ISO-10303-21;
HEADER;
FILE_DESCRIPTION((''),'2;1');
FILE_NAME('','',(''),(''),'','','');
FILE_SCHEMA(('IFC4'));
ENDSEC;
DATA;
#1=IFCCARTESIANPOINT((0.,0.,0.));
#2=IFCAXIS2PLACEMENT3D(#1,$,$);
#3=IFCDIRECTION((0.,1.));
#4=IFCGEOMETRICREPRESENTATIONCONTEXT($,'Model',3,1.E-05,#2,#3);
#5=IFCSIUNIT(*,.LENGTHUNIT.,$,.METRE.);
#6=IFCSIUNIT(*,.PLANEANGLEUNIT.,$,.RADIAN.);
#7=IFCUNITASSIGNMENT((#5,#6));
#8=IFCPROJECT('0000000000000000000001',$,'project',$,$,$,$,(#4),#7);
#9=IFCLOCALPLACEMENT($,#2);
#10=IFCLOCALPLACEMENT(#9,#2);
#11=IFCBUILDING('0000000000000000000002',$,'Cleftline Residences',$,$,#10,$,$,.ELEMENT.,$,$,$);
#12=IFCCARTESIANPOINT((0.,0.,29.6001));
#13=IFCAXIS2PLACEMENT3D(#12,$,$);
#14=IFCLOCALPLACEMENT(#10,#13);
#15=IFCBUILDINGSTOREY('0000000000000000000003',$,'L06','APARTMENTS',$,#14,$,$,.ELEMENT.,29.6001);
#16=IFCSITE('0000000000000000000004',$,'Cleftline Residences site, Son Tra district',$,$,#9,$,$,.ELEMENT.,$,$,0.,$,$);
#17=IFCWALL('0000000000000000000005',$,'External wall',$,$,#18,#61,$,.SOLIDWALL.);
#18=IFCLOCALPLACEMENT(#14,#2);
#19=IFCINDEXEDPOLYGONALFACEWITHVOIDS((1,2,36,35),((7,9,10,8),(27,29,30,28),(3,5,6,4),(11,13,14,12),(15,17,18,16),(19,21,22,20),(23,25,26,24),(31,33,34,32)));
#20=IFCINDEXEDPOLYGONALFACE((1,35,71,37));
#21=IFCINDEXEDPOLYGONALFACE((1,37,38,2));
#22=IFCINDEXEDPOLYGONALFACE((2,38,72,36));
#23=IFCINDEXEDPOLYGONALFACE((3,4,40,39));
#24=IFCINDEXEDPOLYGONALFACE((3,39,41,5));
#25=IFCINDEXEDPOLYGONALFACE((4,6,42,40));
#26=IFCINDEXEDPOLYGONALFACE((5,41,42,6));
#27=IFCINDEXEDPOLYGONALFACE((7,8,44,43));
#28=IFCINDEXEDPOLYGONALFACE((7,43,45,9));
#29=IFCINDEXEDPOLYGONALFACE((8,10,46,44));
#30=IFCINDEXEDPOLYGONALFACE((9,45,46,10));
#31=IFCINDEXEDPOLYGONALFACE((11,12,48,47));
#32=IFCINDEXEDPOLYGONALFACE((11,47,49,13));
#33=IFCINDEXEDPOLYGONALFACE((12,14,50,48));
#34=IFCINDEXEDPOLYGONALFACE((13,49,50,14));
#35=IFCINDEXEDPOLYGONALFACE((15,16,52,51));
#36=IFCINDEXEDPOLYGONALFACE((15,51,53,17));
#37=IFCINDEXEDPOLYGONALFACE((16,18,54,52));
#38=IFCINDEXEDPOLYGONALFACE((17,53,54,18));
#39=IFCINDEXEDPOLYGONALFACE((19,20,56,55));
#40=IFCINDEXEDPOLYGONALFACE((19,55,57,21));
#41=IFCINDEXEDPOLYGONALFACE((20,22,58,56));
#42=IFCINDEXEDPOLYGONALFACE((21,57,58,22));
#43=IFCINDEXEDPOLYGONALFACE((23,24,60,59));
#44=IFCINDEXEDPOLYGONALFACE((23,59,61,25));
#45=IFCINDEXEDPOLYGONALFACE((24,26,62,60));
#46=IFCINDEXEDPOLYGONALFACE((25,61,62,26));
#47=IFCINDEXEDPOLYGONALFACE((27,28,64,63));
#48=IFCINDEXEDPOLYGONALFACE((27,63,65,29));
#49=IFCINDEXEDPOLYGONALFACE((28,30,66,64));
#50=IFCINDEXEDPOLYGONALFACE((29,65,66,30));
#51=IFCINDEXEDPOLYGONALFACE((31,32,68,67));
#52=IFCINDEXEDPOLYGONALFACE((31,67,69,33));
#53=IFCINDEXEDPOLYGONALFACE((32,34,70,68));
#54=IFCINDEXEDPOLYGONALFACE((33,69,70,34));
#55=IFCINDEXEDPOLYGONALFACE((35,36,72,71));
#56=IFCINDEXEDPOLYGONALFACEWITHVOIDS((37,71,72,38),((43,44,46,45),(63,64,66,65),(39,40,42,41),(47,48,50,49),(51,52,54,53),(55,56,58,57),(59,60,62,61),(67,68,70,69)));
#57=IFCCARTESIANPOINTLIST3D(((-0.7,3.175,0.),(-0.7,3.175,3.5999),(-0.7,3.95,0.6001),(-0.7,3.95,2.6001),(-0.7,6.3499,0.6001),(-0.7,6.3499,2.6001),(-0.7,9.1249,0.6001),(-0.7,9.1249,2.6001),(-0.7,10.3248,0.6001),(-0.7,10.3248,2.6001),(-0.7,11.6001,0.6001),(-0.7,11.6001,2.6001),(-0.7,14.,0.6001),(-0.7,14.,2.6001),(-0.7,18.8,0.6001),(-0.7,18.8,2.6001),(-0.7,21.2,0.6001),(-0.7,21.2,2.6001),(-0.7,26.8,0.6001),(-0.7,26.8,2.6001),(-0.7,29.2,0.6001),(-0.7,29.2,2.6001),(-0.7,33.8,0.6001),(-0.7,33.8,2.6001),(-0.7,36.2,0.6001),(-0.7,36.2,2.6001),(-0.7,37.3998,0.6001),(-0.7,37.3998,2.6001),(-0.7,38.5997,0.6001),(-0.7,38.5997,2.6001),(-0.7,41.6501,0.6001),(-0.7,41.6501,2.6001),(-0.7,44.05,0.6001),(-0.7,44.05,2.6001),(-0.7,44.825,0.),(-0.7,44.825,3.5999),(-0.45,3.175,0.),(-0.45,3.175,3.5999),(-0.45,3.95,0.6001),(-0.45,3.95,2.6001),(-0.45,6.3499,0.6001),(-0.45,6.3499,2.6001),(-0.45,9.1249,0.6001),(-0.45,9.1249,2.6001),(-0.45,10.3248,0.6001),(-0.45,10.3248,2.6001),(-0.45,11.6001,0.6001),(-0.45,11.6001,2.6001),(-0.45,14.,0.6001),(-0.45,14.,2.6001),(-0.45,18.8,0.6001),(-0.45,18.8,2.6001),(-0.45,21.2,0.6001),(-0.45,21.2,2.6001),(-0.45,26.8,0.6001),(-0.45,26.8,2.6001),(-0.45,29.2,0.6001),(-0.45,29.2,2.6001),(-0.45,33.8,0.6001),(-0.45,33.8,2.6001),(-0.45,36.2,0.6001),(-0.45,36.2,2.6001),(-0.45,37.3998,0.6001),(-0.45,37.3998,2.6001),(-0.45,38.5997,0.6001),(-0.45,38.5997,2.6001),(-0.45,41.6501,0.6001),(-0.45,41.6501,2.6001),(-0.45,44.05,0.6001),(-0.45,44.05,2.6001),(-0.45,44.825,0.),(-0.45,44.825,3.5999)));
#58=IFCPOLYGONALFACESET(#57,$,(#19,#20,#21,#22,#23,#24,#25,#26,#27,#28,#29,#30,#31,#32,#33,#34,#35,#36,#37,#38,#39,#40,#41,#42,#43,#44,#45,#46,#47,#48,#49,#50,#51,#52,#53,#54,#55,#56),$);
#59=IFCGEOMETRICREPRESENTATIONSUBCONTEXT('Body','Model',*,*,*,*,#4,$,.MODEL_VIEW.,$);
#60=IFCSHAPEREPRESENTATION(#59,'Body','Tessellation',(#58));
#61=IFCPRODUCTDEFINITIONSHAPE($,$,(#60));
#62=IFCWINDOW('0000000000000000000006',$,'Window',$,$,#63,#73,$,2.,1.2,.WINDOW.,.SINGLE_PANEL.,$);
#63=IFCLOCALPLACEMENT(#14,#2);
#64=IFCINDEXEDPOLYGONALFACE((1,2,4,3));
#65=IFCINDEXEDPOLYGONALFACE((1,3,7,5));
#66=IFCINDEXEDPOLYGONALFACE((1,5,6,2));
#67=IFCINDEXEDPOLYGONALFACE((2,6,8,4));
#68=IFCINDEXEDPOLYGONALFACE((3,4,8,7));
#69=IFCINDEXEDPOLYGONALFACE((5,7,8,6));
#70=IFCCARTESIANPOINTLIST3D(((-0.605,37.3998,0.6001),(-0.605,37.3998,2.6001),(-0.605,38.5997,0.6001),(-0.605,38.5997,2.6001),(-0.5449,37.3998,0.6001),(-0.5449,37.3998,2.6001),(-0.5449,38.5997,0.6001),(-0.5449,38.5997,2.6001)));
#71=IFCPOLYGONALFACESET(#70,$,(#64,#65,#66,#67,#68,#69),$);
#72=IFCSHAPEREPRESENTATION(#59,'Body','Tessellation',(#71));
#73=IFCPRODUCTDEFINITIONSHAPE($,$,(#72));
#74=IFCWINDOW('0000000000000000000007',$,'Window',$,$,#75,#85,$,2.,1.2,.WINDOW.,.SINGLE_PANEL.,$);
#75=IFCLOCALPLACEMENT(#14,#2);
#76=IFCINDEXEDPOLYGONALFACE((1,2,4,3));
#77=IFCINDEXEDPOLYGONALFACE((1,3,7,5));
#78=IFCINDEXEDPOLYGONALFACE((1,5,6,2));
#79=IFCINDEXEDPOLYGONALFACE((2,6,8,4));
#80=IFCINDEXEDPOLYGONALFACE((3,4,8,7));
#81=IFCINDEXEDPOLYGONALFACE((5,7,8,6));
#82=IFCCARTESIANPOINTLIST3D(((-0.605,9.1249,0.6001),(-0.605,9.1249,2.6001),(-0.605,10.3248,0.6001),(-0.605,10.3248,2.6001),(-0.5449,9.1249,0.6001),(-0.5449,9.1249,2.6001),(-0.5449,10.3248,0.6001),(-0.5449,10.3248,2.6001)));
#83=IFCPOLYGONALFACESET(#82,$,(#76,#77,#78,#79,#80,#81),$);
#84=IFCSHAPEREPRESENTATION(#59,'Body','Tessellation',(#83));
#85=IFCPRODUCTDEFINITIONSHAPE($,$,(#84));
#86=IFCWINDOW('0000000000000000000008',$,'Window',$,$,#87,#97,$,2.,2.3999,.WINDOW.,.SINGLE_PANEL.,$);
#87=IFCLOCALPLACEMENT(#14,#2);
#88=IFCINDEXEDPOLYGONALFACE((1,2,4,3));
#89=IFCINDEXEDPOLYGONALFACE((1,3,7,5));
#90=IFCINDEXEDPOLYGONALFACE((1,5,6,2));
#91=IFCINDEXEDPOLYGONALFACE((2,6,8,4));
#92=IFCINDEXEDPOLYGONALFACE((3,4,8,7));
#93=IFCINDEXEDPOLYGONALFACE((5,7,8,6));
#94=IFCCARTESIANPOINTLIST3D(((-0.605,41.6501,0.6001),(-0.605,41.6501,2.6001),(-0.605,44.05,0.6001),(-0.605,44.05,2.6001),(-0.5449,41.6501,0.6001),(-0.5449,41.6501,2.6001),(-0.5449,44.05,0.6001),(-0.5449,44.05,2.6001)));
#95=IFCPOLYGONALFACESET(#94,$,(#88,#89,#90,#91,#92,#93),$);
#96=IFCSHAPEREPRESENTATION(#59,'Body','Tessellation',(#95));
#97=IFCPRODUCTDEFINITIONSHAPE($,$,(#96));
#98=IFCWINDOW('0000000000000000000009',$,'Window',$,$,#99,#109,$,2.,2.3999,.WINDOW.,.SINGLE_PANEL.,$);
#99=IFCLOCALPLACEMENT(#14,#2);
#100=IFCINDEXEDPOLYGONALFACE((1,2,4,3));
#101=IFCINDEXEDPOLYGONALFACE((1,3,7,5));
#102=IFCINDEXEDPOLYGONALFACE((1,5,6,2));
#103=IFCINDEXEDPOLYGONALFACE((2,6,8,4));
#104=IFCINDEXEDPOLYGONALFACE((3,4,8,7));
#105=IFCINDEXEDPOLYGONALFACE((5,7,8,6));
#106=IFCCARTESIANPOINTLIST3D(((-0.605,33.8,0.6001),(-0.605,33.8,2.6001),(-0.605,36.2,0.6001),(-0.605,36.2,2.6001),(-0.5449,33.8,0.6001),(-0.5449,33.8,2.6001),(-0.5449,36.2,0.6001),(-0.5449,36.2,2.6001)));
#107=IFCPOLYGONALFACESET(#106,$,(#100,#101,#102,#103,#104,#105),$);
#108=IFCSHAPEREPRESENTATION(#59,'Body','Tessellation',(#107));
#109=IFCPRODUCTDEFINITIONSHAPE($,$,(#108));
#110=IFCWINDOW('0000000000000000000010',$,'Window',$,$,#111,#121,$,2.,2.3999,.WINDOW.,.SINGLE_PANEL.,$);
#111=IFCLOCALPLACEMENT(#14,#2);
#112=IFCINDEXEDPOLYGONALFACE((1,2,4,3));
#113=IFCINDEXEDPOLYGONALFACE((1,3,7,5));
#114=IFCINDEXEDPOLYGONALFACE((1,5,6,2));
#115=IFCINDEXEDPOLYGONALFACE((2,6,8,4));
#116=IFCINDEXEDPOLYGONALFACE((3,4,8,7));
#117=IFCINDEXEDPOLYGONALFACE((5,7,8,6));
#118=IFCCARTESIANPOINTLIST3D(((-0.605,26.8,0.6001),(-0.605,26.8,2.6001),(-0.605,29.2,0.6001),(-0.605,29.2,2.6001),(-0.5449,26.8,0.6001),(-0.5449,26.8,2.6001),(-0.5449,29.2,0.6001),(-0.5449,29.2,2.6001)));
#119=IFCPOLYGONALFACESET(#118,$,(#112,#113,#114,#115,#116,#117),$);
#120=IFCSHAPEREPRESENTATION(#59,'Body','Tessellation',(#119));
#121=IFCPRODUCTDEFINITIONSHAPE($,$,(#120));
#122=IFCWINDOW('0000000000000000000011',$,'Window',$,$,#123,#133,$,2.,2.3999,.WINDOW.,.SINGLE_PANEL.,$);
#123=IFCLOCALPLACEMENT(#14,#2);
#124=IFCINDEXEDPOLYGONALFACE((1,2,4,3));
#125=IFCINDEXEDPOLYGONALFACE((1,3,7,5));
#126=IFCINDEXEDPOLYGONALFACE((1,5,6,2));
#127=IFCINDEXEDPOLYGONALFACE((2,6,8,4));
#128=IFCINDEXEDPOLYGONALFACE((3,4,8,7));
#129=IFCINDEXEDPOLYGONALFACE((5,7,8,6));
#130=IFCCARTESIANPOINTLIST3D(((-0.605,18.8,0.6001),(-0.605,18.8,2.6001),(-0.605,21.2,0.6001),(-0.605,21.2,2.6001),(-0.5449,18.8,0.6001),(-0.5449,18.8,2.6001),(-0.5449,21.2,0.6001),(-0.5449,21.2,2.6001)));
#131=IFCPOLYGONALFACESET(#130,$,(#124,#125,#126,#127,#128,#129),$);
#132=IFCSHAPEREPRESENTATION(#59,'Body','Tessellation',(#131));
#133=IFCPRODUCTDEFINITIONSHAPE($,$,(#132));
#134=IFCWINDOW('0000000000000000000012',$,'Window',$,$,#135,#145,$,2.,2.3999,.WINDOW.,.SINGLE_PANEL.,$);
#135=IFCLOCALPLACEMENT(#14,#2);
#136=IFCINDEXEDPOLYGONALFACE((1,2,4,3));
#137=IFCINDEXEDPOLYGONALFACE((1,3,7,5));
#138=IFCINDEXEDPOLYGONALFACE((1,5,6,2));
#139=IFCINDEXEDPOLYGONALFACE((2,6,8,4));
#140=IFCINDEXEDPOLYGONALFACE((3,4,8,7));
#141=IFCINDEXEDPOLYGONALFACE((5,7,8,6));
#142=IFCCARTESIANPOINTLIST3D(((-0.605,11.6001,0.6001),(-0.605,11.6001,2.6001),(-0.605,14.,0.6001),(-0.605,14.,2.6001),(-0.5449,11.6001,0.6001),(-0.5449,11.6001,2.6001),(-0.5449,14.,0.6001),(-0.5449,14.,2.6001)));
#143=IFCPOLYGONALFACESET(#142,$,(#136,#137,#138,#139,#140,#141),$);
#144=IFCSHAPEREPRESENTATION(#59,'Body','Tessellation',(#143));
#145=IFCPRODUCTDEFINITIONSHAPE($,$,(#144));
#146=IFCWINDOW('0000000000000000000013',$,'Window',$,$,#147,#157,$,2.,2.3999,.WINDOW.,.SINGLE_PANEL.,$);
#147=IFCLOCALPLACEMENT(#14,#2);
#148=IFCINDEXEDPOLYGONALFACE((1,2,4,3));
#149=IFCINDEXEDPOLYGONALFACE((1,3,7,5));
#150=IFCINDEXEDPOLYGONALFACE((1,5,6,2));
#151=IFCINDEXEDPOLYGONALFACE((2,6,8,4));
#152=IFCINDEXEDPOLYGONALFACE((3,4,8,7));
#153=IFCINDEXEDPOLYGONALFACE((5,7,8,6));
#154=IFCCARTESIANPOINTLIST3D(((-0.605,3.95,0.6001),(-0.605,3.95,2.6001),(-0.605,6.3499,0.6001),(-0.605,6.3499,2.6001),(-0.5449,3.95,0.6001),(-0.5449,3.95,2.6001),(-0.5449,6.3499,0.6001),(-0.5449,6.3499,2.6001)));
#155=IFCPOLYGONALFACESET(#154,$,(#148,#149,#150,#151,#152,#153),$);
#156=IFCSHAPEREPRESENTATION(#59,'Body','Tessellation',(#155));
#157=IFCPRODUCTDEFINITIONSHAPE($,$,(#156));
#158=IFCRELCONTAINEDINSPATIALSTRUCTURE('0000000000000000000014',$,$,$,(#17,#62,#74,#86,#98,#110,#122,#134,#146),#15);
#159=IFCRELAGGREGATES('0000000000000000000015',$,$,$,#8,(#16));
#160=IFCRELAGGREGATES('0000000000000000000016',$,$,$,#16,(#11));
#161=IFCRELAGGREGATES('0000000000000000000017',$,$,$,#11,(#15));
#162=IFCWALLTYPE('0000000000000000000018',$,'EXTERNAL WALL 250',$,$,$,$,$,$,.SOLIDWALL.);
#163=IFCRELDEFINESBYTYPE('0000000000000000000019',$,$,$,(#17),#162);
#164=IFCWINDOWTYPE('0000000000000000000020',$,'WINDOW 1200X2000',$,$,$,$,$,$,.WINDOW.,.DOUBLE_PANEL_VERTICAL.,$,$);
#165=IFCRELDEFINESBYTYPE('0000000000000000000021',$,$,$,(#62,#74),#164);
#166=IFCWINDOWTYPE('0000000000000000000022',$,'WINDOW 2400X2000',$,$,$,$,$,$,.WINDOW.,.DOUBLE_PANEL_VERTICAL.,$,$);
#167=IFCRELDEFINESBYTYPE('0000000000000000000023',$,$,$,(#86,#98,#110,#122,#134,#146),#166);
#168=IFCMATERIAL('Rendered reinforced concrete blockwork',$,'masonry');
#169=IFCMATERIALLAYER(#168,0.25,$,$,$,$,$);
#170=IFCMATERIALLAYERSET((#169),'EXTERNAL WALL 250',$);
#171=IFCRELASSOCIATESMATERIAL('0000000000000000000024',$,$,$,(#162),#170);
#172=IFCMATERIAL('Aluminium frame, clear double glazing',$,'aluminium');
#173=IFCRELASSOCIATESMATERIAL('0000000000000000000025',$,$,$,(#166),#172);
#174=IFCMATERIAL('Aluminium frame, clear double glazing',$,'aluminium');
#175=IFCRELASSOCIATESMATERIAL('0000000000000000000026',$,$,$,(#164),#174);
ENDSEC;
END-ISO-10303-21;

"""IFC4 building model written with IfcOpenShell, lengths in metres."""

from ifc_helpers import new_model, si_unit, direction, frame, frame_2d, origin, place, context, subcontext, project, spatial, rectangle, extrude, material, layer, layer_set, type_object, element, fill, save


model = new_model("IFC4")

# Units and contexts
model_context = context("Model", 3, precision=1e-05, world=origin(), true_north=direction((0.0, 1.0)))
body_context = subcontext(model_context, "Body", "Model", "MODEL_VIEW")
ifc_project = project(units=[si_unit("LENGTHUNIT", "METRE"), si_unit("PLANEANGLEUNIT", "RADIAN")], contexts=[model_context])

# Site, building, storey
site_placement = place(None, origin())
site = spatial("IfcSite", under=ifc_project, at=site_placement, Name="Cleftline Residences site, Son Tra district", CompositionType="ELEMENT", RefElevation=0.0)
building_placement = place(site_placement, origin())
building = spatial("IfcBuilding", under=site, at=building_placement, Name="Cleftline Residences", CompositionType="ELEMENT")
storey_placement = place(building_placement, frame((0.0, 0.0, 29.6001)))
storey = spatial("IfcBuildingStorey", under=building, at=storey_placement, Name="L06", Description="APARTMENTS", CompositionType="ELEMENT", Elevation=29.6001)

# Shared definitions
ifc_material_1 = material(Name="Rendered reinforced concrete blockwork", Category="masonry")
ifc_layer_1 = layer(ifc_material_1, 0.25)
ifc_layer_set_1 = layer_set([ifc_layer_1], Name="EXTERNAL WALL 250")
wall_type_1 = type_object("IfcWallType", Name="EXTERNAL WALL 250", PredefinedType="SOLIDWALL", material=ifc_layer_set_1)
ifc_material_2 = material(Name="Aluminium frame, clear double glazing", Category="aluminium")
window_type_1 = type_object("IfcWindowType", Name="WINDOW 2400X2000", PartitioningType="DOUBLE_PANEL_VERTICAL", PredefinedType="WINDOW", material=ifc_material_2)

# Wall, openings, windows
ifc_material_3 = material(Name="Aluminium frame, clear double glazing", Category="aluminium")
window_type_2 = type_object("IfcWindowType", Name="WINDOW 1200X2000", PartitioningType="DOUBLE_PANEL_VERTICAL", PredefinedType="WINDOW", material=ifc_material_3)
wall_1_placement = place(storey_placement, frame((-0.575, 44.825, 0.0), z_axis=(0.0, 0.0, 1.0), x_axis=(0.0, -1.0, 0.0)))
wall_1 = element("IfcWall", 1, at=wall_1_placement, inside=storey, type_object=wall_type_1, Name="External wall", PredefinedType="SOLIDWALL", context=body_context, shape_type="SweptSolid", body=[
    extrude(rectangle(XDim=41.6499, YDim=0.25, at=frame_2d((20.825, 0.0))), origin(), (0.0, 0.0, 1.0), 3.5999),
])
opening_1_placement = place(wall_1_placement, frame((0.7749, 0.0, 0.6001)))
opening_1 = element("IfcOpeningElement", 2, at=opening_1_placement, cuts=wall_1, PredefinedType="OPENING", context=body_context, shape_type="SweptSolid", body=[
    extrude(rectangle(XDim=2.3999, YDim=2.0, at=frame_2d((1.2, 1.0))), frame((0.0, 0.135, 0.0), z_axis=(0.0, -1.0, 0.0), x_axis=(1.0, 0.0, 0.0)), (0.0, 0.0, 1.0), 0.27),
])
opening_2_placement = place(wall_1_placement, frame((6.2251, 0.0, 0.6001)))
opening_2 = element("IfcOpeningElement", 3, at=opening_2_placement, cuts=wall_1, PredefinedType="OPENING", context=body_context, shape_type="SweptSolid", body=[
    extrude(rectangle(XDim=1.2, YDim=2.0, at=frame_2d((0.6001, 1.0))), frame((0.0, 0.135, 0.0), z_axis=(0.0, -1.0, 0.0), x_axis=(1.0, 0.0, 0.0)), (0.0, 0.0, 1.0), 0.27),
])
opening_3_placement = place(wall_1_placement, frame((8.625, 0.0, 0.6001)))
opening_3 = element("IfcOpeningElement", 4, at=opening_3_placement, cuts=wall_1, PredefinedType="OPENING", context=body_context, shape_type="SweptSolid", body=[
    extrude(rectangle(XDim=2.3999, YDim=2.0, at=frame_2d((1.2, 1.0))), frame((0.0, 0.135, 0.0), z_axis=(0.0, -1.0, 0.0), x_axis=(1.0, 0.0, 0.0)), (0.0, 0.0, 1.0), 0.27),
])
opening_4_placement = place(wall_1_placement, frame((15.625, 0.0, 0.6001)))
opening_4 = element("IfcOpeningElement", 5, at=opening_4_placement, cuts=wall_1, PredefinedType="OPENING", context=body_context, shape_type="SweptSolid", body=[
    extrude(rectangle(XDim=2.3999, YDim=2.0, at=frame_2d((1.2, 1.0))), frame((0.0, 0.135, 0.0), z_axis=(0.0, -1.0, 0.0), x_axis=(1.0, 0.0, 0.0)), (0.0, 0.0, 1.0), 0.27),
])
opening_5_placement = place(wall_1_placement, frame((23.625, 0.0, 0.6001)))
opening_5 = element("IfcOpeningElement", 6, at=opening_5_placement, cuts=wall_1, PredefinedType="OPENING", context=body_context, shape_type="SweptSolid", body=[
    extrude(rectangle(XDim=2.3999, YDim=2.0, at=frame_2d((1.2, 1.0))), frame((0.0, 0.135, 0.0), z_axis=(0.0, -1.0, 0.0), x_axis=(1.0, 0.0, 0.0)), (0.0, 0.0, 1.0), 0.27),
])
opening_6_placement = place(wall_1_placement, frame((30.825, 0.0, 0.6001)))
opening_6 = element("IfcOpeningElement", 7, at=opening_6_placement, cuts=wall_1, PredefinedType="OPENING", context=body_context, shape_type="SweptSolid", body=[
    extrude(rectangle(XDim=2.3999, YDim=2.0, at=frame_2d((1.2, 1.0))), frame((0.0, 0.135, 0.0), z_axis=(0.0, -1.0, 0.0), x_axis=(1.0, 0.0, 0.0)), (0.0, 0.0, 1.0), 0.27),
])
opening_7_placement = place(wall_1_placement, frame((34.5, 0.0, 0.6001)))
opening_7 = element("IfcOpeningElement", 8, at=opening_7_placement, cuts=wall_1, PredefinedType="OPENING", context=body_context, shape_type="SweptSolid", body=[
    extrude(rectangle(XDim=1.2, YDim=2.0, at=frame_2d((0.6001, 1.0))), frame((0.0, 0.135, 0.0), z_axis=(0.0, -1.0, 0.0), x_axis=(1.0, 0.0, 0.0)), (0.0, 0.0, 1.0), 0.27),
])
opening_8_placement = place(wall_1_placement, frame((38.4751, 0.0, 0.6001)))
opening_8 = element("IfcOpeningElement", 9, at=opening_8_placement, cuts=wall_1, PredefinedType="OPENING", context=body_context, shape_type="SweptSolid", body=[
    extrude(rectangle(XDim=2.3999, YDim=2.0, at=frame_2d((1.2, 1.0))), frame((0.0, 0.135, 0.0), z_axis=(0.0, -1.0, 0.0), x_axis=(1.0, 0.0, 0.0)), (0.0, 0.0, 1.0), 0.27),
])
window_1_placement = place(opening_2_placement, origin())
window_1 = element("IfcWindow", 10, at=window_1_placement, inside=storey, type_object=window_type_2, Name="Window", OverallHeight=2.0, OverallWidth=1.2, PartitioningType="SINGLE_PANEL", PredefinedType="WINDOW", context=body_context, shape_type="SweptSolid", body=[
    extrude(rectangle(XDim=1.2, YDim=2.0, at=frame_2d((0.6001, 1.0))), frame((0.0, 0.03, 0.0), z_axis=(0.0, -1.0, 0.0), x_axis=(1.0, 0.0, 0.0)), (0.0, 0.0, 1.0), 0.0601),
])
fill(opening_2, window_1)
window_2_placement = place(opening_7_placement, origin())
window_2 = element("IfcWindow", 11, at=window_2_placement, inside=storey, type_object=window_type_2, Name="Window", OverallHeight=2.0, OverallWidth=1.2, PartitioningType="SINGLE_PANEL", PredefinedType="WINDOW", context=body_context, shape_type="SweptSolid", body=[
    extrude(rectangle(XDim=1.2, YDim=2.0, at=frame_2d((0.6001, 1.0))), frame((0.0, 0.03, 0.0), z_axis=(0.0, -1.0, 0.0), x_axis=(1.0, 0.0, 0.0)), (0.0, 0.0, 1.0), 0.0601),
])
fill(opening_7, window_2)
window_3_placement = place(opening_1_placement, origin())
window_3 = element("IfcWindow", 12, at=window_3_placement, inside=storey, type_object=window_type_1, Name="Window", OverallHeight=2.0, OverallWidth=2.3999, PartitioningType="SINGLE_PANEL", PredefinedType="WINDOW", context=body_context, shape_type="SweptSolid", body=[
    extrude(rectangle(XDim=2.3999, YDim=2.0, at=frame_2d((1.2, 1.0))), frame((0.0, 0.03, 0.0), z_axis=(0.0, -1.0, 0.0), x_axis=(1.0, 0.0, 0.0)), (0.0, 0.0, 1.0), 0.0601),
])
fill(opening_1, window_3)
window_4_placement = place(opening_3_placement, origin())
window_4 = element("IfcWindow", 13, at=window_4_placement, inside=storey, type_object=window_type_1, Name="Window", OverallHeight=2.0, OverallWidth=2.3999, PartitioningType="SINGLE_PANEL", PredefinedType="WINDOW", context=body_context, shape_type="SweptSolid", body=[
    extrude(rectangle(XDim=2.3999, YDim=2.0, at=frame_2d((1.2, 1.0))), frame((0.0, 0.03, 0.0), z_axis=(0.0, -1.0, 0.0), x_axis=(1.0, 0.0, 0.0)), (0.0, 0.0, 1.0), 0.0601),
])
fill(opening_3, window_4)
window_5_placement = place(opening_4_placement, origin())
window_5 = element("IfcWindow", 14, at=window_5_placement, inside=storey, type_object=window_type_1, Name="Window", OverallHeight=2.0, OverallWidth=2.3999, PartitioningType="SINGLE_PANEL", PredefinedType="WINDOW", context=body_context, shape_type="SweptSolid", body=[
    extrude(rectangle(XDim=2.3999, YDim=2.0, at=frame_2d((1.2, 1.0))), frame((0.0, 0.03, 0.0), z_axis=(0.0, -1.0, 0.0), x_axis=(1.0, 0.0, 0.0)), (0.0, 0.0, 1.0), 0.0601),
])
fill(opening_4, window_5)
window_6_placement = place(opening_5_placement, origin())
window_6 = element("IfcWindow", 15, at=window_6_placement, inside=storey, type_object=window_type_1, Name="Window", OverallHeight=2.0, OverallWidth=2.3999, PartitioningType="SINGLE_PANEL", PredefinedType="WINDOW", context=body_context, shape_type="SweptSolid", body=[
    extrude(rectangle(XDim=2.3999, YDim=2.0, at=frame_2d((1.2, 1.0))), frame((0.0, 0.03, 0.0), z_axis=(0.0, -1.0, 0.0), x_axis=(1.0, 0.0, 0.0)), (0.0, 0.0, 1.0), 0.0601),
])
fill(opening_5, window_6)
window_7_placement = place(opening_6_placement, origin())
window_7 = element("IfcWindow", 16, at=window_7_placement, inside=storey, type_object=window_type_1, Name="Window", OverallHeight=2.0, OverallWidth=2.3999, PartitioningType="SINGLE_PANEL", PredefinedType="WINDOW", context=body_context, shape_type="SweptSolid", body=[
    extrude(rectangle(XDim=2.3999, YDim=2.0, at=frame_2d((1.2, 1.0))), frame((0.0, 0.03, 0.0), z_axis=(0.0, -1.0, 0.0), x_axis=(1.0, 0.0, 0.0)), (0.0, 0.0, 1.0), 0.0601),
])
fill(opening_6, window_7)
window_8_placement = place(opening_8_placement, origin())
window_8 = element("IfcWindow", 17, at=window_8_placement, inside=storey, type_object=window_type_1, Name="Window", OverallHeight=2.0, OverallWidth=2.3999, PartitioningType="SINGLE_PANEL", PredefinedType="WINDOW", context=body_context, shape_type="SweptSolid", body=[
    extrude(rectangle(XDim=2.3999, YDim=2.0, at=frame_2d((1.2, 1.0))), frame((0.0, 0.03, 0.0), z_axis=(0.0, -1.0, 0.0), x_axis=(1.0, 0.0, 0.0)), (0.0, 0.0, 1.0), 0.0601),
])
fill(opening_8, window_8)

save(model, "model.ifc")
